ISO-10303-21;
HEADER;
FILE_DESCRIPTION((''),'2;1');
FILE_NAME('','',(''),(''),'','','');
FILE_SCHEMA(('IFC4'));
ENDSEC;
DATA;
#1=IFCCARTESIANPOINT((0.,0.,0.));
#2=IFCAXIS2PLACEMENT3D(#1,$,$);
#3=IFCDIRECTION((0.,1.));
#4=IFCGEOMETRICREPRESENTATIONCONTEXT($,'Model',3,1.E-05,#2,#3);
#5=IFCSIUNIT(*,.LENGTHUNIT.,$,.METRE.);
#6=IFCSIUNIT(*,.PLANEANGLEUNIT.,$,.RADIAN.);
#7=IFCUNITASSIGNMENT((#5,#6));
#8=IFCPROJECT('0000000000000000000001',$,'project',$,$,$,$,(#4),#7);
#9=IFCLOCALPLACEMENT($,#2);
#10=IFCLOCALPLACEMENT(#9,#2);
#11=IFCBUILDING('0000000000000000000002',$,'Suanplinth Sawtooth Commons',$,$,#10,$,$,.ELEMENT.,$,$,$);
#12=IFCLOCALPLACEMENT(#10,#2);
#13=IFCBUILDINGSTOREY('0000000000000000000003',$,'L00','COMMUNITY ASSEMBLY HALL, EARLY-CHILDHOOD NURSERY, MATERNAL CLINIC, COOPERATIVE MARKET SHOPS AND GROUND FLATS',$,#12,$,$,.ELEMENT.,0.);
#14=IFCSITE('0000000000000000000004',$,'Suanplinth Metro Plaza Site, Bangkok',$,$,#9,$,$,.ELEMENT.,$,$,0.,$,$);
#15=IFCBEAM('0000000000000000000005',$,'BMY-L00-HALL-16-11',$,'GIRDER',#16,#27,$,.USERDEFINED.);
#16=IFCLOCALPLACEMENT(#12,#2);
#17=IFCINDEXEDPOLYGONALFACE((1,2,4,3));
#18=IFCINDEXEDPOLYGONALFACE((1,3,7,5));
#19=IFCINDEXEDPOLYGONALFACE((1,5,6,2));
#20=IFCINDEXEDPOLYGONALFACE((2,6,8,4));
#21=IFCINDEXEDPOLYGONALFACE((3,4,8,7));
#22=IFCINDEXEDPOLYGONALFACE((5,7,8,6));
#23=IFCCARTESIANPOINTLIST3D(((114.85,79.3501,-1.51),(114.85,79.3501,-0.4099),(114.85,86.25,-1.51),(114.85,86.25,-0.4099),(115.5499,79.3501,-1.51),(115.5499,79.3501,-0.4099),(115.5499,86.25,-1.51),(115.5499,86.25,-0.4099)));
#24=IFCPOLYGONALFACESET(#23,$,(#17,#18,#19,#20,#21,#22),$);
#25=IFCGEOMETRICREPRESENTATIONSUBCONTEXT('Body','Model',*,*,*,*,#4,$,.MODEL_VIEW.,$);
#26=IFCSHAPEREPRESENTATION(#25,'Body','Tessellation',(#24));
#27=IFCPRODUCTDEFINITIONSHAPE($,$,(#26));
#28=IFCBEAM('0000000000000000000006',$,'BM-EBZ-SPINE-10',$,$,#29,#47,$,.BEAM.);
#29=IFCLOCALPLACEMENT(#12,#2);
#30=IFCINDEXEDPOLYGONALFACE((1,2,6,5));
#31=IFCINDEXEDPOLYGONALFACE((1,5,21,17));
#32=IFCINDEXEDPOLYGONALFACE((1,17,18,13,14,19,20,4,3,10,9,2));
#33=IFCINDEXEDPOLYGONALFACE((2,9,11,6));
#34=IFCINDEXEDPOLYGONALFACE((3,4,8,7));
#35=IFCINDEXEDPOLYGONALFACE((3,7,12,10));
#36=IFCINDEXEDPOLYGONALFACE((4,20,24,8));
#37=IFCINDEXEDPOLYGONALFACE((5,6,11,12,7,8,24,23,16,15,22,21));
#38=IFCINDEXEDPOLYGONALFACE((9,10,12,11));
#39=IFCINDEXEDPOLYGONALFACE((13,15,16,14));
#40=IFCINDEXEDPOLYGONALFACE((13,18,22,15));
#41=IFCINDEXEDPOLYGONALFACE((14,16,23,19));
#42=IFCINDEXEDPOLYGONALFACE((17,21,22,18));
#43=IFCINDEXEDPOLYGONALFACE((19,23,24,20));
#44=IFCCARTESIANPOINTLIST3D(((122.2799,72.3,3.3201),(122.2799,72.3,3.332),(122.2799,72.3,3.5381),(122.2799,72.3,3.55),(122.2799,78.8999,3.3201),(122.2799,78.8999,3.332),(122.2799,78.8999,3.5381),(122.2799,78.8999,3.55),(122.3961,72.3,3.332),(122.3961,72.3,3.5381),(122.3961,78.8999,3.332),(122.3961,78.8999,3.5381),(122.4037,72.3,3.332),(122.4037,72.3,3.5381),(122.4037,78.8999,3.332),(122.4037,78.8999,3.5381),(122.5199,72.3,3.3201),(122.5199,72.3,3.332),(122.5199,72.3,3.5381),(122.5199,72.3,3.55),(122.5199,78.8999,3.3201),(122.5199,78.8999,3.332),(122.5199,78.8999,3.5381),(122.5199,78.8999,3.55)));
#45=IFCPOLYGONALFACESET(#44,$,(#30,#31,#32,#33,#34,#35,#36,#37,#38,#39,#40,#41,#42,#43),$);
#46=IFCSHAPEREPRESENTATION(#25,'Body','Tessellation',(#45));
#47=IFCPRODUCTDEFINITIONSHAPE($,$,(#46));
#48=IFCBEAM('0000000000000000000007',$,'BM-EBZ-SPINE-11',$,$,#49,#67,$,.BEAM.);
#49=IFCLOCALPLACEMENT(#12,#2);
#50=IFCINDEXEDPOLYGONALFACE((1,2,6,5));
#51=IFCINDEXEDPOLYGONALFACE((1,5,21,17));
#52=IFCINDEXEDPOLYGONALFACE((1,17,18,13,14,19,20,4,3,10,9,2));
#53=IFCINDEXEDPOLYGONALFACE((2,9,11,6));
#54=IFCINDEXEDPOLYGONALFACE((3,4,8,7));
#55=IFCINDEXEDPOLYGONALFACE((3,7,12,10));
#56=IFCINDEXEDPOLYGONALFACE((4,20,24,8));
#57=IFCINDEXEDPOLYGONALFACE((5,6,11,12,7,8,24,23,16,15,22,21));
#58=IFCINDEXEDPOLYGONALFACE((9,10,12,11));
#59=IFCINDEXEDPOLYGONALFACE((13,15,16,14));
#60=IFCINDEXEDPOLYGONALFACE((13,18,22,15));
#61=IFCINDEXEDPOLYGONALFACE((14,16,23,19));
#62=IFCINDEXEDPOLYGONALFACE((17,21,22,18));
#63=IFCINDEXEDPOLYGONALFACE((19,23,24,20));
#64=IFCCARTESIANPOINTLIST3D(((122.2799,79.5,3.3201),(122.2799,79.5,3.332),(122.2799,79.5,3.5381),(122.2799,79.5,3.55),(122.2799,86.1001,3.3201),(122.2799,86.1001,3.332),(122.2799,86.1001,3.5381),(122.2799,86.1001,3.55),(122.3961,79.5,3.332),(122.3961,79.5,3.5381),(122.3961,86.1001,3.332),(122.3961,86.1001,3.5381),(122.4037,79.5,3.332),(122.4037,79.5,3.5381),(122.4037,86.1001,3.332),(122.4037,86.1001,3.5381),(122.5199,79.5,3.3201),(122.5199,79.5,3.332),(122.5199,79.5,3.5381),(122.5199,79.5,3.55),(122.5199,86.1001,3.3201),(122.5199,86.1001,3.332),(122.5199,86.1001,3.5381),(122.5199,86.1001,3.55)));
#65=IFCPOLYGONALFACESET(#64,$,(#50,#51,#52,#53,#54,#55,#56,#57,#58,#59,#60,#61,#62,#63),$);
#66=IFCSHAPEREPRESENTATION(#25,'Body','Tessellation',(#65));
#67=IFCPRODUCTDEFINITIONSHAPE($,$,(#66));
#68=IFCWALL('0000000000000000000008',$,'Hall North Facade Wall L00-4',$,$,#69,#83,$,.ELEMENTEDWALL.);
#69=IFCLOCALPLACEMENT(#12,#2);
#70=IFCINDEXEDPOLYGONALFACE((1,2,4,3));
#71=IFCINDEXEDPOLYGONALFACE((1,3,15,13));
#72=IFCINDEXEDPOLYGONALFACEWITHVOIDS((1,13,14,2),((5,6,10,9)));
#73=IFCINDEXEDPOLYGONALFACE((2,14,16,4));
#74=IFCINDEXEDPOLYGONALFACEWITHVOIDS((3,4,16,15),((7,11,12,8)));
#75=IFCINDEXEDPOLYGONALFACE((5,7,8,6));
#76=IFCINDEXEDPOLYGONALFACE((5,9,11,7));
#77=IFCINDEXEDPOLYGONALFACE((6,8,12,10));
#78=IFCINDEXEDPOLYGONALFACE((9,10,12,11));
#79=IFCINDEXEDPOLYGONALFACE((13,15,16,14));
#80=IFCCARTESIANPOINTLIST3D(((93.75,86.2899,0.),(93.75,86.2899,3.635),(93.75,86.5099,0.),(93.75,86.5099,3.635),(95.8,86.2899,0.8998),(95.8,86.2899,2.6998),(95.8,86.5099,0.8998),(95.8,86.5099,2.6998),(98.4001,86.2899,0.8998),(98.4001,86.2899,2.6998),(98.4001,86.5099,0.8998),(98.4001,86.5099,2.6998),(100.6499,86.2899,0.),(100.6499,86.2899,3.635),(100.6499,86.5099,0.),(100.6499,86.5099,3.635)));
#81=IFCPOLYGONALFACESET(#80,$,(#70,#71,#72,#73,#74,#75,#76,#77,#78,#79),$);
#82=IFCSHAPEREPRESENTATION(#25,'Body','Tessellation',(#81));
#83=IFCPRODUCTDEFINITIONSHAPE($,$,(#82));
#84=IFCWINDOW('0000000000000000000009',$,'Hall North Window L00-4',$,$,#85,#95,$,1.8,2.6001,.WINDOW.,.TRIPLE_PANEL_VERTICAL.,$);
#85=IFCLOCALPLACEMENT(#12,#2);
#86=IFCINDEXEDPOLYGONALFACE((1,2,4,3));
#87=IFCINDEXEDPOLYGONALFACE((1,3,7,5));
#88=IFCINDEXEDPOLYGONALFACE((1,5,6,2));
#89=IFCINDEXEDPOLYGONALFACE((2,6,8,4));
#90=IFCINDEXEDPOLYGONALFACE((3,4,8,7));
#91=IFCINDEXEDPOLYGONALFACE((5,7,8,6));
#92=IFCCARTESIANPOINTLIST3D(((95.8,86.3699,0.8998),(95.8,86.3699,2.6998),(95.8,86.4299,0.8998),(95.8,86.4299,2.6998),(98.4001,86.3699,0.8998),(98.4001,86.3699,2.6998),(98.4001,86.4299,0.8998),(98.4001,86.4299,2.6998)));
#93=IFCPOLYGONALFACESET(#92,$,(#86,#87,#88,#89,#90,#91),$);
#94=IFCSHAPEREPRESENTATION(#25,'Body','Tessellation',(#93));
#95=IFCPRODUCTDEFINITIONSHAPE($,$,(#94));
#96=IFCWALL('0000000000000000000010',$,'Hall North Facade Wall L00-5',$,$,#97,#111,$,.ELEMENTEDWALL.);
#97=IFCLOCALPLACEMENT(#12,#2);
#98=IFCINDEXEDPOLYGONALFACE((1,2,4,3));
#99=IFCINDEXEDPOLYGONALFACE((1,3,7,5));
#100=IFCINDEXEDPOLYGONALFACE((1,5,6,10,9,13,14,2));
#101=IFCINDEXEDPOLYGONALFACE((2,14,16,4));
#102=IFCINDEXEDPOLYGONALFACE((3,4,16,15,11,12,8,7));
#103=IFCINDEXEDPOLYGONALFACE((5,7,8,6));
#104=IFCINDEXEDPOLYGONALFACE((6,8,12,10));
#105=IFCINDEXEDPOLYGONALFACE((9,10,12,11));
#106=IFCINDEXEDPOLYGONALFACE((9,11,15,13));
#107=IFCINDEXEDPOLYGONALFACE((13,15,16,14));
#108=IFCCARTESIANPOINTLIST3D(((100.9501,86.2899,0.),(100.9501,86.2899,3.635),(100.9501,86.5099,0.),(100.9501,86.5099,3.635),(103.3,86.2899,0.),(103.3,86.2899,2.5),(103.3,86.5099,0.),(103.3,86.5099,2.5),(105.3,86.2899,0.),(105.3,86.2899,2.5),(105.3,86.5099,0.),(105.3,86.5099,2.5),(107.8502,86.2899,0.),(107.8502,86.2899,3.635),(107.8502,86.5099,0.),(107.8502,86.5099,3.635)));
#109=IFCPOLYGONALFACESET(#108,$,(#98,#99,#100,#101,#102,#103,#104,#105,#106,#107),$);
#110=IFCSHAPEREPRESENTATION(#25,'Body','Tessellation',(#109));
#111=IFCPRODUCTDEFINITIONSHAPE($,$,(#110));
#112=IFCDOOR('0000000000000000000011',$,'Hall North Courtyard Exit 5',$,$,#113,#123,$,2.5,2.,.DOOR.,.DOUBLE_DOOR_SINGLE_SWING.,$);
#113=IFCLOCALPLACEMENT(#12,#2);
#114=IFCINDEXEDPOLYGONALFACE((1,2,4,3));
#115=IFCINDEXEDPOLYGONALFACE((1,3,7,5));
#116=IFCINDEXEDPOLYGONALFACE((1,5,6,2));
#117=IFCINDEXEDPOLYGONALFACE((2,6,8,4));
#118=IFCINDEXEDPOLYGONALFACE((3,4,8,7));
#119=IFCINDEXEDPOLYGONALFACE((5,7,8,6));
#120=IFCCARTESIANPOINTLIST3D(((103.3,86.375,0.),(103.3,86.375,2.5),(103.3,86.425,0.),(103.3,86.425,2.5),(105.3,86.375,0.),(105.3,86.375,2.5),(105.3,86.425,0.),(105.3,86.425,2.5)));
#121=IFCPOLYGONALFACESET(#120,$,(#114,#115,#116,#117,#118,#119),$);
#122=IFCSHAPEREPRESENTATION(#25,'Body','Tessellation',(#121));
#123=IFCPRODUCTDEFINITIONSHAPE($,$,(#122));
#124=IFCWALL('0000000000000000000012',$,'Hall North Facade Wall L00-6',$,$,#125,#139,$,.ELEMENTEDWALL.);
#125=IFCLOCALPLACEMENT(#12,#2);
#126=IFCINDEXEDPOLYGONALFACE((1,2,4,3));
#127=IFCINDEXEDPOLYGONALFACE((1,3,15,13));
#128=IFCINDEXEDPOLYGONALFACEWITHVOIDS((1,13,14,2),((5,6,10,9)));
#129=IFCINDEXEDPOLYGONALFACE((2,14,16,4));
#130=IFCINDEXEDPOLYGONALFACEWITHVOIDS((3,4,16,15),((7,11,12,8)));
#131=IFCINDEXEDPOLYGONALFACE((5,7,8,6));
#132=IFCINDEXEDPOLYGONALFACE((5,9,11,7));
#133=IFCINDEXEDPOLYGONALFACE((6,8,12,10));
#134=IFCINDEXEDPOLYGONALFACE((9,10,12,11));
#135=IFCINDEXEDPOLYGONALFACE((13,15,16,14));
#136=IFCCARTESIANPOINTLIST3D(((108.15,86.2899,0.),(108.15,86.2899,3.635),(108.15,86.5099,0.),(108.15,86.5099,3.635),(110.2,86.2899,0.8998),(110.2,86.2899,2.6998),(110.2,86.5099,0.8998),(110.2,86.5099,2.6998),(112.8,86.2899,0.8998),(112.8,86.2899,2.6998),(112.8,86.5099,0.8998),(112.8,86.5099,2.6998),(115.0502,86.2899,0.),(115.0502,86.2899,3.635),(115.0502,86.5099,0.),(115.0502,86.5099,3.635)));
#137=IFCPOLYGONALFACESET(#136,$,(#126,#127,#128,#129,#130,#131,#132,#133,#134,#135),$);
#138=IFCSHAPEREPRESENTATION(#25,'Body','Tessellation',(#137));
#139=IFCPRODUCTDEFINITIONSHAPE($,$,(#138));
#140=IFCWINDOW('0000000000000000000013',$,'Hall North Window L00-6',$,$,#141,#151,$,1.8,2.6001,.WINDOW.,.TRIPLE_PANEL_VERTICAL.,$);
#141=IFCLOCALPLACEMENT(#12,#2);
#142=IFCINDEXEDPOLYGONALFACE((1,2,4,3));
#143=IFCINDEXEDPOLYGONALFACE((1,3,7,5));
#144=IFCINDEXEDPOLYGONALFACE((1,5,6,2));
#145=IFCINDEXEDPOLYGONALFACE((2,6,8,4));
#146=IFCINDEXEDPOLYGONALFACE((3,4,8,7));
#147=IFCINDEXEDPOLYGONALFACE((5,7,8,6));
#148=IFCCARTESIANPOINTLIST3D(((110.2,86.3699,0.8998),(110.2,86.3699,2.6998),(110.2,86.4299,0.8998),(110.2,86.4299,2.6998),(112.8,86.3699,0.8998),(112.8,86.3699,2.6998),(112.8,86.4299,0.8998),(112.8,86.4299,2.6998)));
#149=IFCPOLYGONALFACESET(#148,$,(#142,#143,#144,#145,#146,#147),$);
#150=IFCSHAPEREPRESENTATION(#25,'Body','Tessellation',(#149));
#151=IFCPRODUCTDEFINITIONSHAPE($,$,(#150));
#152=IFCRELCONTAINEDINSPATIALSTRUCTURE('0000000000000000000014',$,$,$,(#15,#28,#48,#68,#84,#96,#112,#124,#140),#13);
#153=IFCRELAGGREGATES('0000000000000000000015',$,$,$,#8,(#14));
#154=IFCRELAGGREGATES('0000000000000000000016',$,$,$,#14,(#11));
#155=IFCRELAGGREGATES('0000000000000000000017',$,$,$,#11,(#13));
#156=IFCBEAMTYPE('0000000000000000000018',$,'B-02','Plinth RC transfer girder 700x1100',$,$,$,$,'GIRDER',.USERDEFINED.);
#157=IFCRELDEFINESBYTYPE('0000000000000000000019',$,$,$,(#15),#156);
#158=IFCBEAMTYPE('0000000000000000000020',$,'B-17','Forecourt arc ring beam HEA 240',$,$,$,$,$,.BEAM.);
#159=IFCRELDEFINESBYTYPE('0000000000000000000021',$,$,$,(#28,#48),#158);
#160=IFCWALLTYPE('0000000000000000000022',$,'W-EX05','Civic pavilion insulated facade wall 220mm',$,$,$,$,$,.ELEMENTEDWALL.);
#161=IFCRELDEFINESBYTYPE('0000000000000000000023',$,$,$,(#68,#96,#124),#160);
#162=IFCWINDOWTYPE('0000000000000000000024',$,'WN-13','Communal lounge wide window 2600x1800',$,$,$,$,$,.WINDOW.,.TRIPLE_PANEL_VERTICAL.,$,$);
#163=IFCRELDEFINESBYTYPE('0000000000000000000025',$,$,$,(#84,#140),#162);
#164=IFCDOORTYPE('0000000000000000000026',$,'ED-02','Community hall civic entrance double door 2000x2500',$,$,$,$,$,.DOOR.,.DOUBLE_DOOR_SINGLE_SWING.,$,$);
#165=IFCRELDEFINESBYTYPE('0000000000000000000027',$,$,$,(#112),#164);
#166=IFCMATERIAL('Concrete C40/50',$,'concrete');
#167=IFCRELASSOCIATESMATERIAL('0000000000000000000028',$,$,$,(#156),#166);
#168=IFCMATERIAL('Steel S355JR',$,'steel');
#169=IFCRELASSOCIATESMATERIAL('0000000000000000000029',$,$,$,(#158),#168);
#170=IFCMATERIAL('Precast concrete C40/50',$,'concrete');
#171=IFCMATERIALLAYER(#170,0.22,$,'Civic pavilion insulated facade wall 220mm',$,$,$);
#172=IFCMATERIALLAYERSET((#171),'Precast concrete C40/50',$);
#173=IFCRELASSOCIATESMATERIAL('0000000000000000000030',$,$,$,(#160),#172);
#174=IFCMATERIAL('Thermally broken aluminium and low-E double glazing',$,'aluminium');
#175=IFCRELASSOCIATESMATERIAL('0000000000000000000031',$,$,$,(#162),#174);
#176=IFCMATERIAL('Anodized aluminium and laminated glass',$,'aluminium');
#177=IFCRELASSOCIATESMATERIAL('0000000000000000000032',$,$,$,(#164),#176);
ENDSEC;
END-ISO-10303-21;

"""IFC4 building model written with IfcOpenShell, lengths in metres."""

from ifc_helpers import new_model, si_unit, direction, frame, frame_2d, origin, origin_2d, place, context, subcontext, project, spatial, rectangle, i_section, extrude, material, layer, layer_set, material_profile, profile_set, type_object, element, fill, save


model = new_model("IFC4")

# Units and contexts
model_context = context("Model", 3, precision=1e-05, world=origin(), true_north=direction((0.0, 1.0)))
body_context = subcontext(model_context, "Body", "Model", "MODEL_VIEW")
ifc_project = project(units=[si_unit("LENGTHUNIT", "METRE"), si_unit("PLANEANGLEUNIT", "RADIAN")], contexts=[model_context])

# Site, building, storey
site_placement = place(None, origin())
site = spatial("IfcSite", under=ifc_project, at=site_placement, Name="Suanplinth Metro Plaza Site, Bangkok", CompositionType="ELEMENT", RefElevation=0.0)
building_placement = place(site_placement, origin())
building = spatial("IfcBuilding", under=site, at=building_placement, Name="Suanplinth Sawtooth Commons", CompositionType="ELEMENT")
storey_placement = place(building_placement, origin())
storey = spatial("IfcBuildingStorey", under=building, at=storey_placement, Name="L00", Description="COMMUNITY ASSEMBLY HALL, EARLY-CHILDHOOD NURSERY, MATERNAL CLINIC, COOPERATIVE MARKET SHOPS AND GROUND FLATS", CompositionType="ELEMENT", Elevation=0.0)

# Shared definitions
ifc_material_1 = material(Name="Concrete C40/50", Category="concrete")
ifc_material_2 = material(Name="Steel S355JR", Category="steel")

# Beams
ifc_material_profile_1 = material_profile(ifc_material_1, rectangle(XDim=0.7, YDim=1.1001, at=origin_2d()), Name="RC-TG 700x1100")
ifc_profile_set_1 = profile_set([ifc_material_profile_1], Name="Concrete C40/50")
beam_type_1 = type_object("IfcBeamType", Name="B-02", Description="Plinth RC transfer girder 700x1100", ElementType="GIRDER", PredefinedType="USERDEFINED", material=ifc_profile_set_1)
beam_1_placement = place(storey_placement, frame((115.2, 79.3501, -0.96), z_axis=(0.0, 1.0, 0.0), x_axis=(-1.0, 0.0, 0.0)))
element("IfcBeam", 1, at=beam_1_placement, inside=storey, type_object=beam_type_1, Name="BMY-L00-HALL-16-11", ObjectType="GIRDER", PredefinedType="USERDEFINED", context=body_context, shape_type="SweptSolid", body=[
    extrude(rectangle(XDim=0.7, YDim=1.1001, at=origin_2d()), origin(), (0.0, 0.0, 1.0), 6.8999),
])
ifc_material_profile_2 = material_profile(ifc_material_2, i_section(OverallWidth=0.24, OverallDepth=0.23, WebThickness=0.0076, FlangeThickness=0.012, at=origin_2d()), Name="HEA 240")
ifc_profile_set_2 = profile_set([ifc_material_profile_2], Name="Steel S355JR")
beam_type_2 = type_object("IfcBeamType", Name="B-17", Description="Forecourt arc ring beam HEA 240", PredefinedType="BEAM", material=ifc_profile_set_2)
beam_2_placement = place(storey_placement, frame((122.3999, 72.3, 3.4351), z_axis=(0.0, 1.0, 0.0), x_axis=(-1.0, 0.0, 0.0)))
element("IfcBeam", 2, at=beam_2_placement, inside=storey, type_object=beam_type_2, Name="BM-EBZ-SPINE-10", PredefinedType="BEAM", context=body_context, shape_type="SweptSolid", body=[
    extrude(i_section(OverallWidth=0.24, OverallDepth=0.23, WebThickness=0.0076, FlangeThickness=0.012, at=origin_2d()), origin(), (0.0, 0.0, 1.0), 6.5999),
])
beam_3_placement = place(storey_placement, frame((122.3999, 79.5, 3.4351), z_axis=(0.0, 1.0, 0.0), x_axis=(-1.0, 0.0, 0.0)))
element("IfcBeam", 3, at=beam_3_placement, inside=storey, type_object=beam_type_2, Name="BM-EBZ-SPINE-11", PredefinedType="BEAM", context=body_context, shape_type="SweptSolid", body=[
    extrude(i_section(OverallWidth=0.24, OverallDepth=0.23, WebThickness=0.0076, FlangeThickness=0.012, at=origin_2d()), origin(), (0.0, 0.0, 1.0), 6.6001),
])

# Wall, opening, window
ifc_material_3 = material(Name="Precast concrete C40/50", Category="concrete")
ifc_layer = layer(ifc_material_3, 0.22, Name="Civic pavilion insulated facade wall 220mm")
ifc_layer_set = layer_set([ifc_layer], Name="Precast concrete C40/50")
wall_type = type_object("IfcWallType", Name="W-EX05", Description="Civic pavilion insulated facade wall 220mm", PredefinedType="ELEMENTEDWALL", material=ifc_layer_set)
wall_1_placement = place(storey_placement, frame((93.75, 86.3999, 0.0), z_axis=(0.0, 0.0, 1.0), x_axis=(1.0, 0.0, 0.0)))
wall_1 = element("IfcWall", 4, at=wall_1_placement, inside=storey, type_object=wall_type, Name="Hall North Facade Wall L00-4", PredefinedType="ELEMENTEDWALL", context=body_context, shape_type="SweptSolid", body=[
    extrude(rectangle(XDim=6.8999, YDim=0.22, at=frame_2d((3.45, 0.0))), origin(), (0.0, 0.0, 1.0), 3.635),
])
opening_1_placement = place(wall_1_placement, frame((2.05, 0.0, 0.8999)))
opening_1 = element("IfcOpeningElement", 5, at=opening_1_placement, cuts=wall_1, PredefinedType="OPENING", context=body_context, shape_type="SweptSolid", body=[
    extrude(rectangle(XDim=2.6001, YDim=1.8, at=frame_2d((1.3, 0.8999))), frame((0.0, 0.125, 0.0), z_axis=(0.0, -1.0, 0.0), x_axis=(1.0, 0.0, 0.0)), (0.0, 0.0, 1.0), 0.2498),
])
ifc_material_4 = material(Name="Thermally broken aluminium and low-E double glazing", Category="aluminium")
window_type_1 = type_object("IfcWindowType", Name="WN-13", Description="Communal lounge wide window 2600x1800", PartitioningType="TRIPLE_PANEL_VERTICAL", PredefinedType="WINDOW", material=ifc_material_4)
window_1_placement = place(opening_1_placement, origin())
window_1 = element("IfcWindow", 6, at=window_1_placement, inside=storey, type_object=window_type_1, Name="Hall North Window L00-4", OverallHeight=1.8, OverallWidth=2.6001, PartitioningType="TRIPLE_PANEL_VERTICAL", PredefinedType="WINDOW", context=body_context, shape_type="SweptSolid", body=[
    extrude(rectangle(XDim=2.6001, YDim=1.8, at=frame_2d((1.3, 0.8999))), frame((0.0, 0.03, 0.0), z_axis=(0.0, -1.0, 0.0), x_axis=(1.0, 0.0, 0.0)), (0.0, 0.0, 1.0), 0.0601),
])
fill(opening_1, window_1)

# Wall, opening, door
wall_2_placement = place(storey_placement, frame((100.95, 86.3999, 0.0), z_axis=(0.0, 0.0, 1.0), x_axis=(1.0, 0.0, 0.0)))
wall_2 = element("IfcWall", 7, at=wall_2_placement, inside=storey, type_object=wall_type, Name="Hall North Facade Wall L00-5", PredefinedType="ELEMENTEDWALL", context=body_context, shape_type="SweptSolid", body=[
    extrude(rectangle(XDim=6.9001, YDim=0.22, at=frame_2d((3.4502, 0.0))), origin(), (0.0, 0.0, 1.0), 3.635),
])
opening_2_placement = place(wall_2_placement, frame((2.3501, 0.0, 0.0)))
opening_2 = element("IfcOpeningElement", 8, at=opening_2_placement, cuts=wall_2, PredefinedType="OPENING", context=body_context, shape_type="SweptSolid", body=[
    extrude(rectangle(XDim=2.0, YDim=2.5, at=frame_2d((1.0, 1.25))), frame((0.0, 0.125, 0.0), z_axis=(0.0, -1.0, 0.0), x_axis=(1.0, 0.0, 0.0)), (0.0, 0.0, 1.0), 0.2498),
])
ifc_material_5 = material(Name="Anodized aluminium and laminated glass", Category="aluminium")
door_type = type_object("IfcDoorType", Name="ED-02", Description="Community hall civic entrance double door 2000x2500", OperationType="DOUBLE_DOOR_SINGLE_SWING", PredefinedType="DOOR", material=ifc_material_5)
door_placement = place(opening_2_placement, frame((2.0, 0.0, 0.0), z_axis=(0.0, 0.0, 1.0), x_axis=(-1.0, 0.0, 0.0)))
door = element("IfcDoor", 9, at=door_placement, inside=storey, type_object=door_type, Name="Hall North Courtyard Exit 5", OperationType="DOUBLE_DOOR_SINGLE_SWING", OverallHeight=2.5, OverallWidth=2.0, PredefinedType="DOOR", context=body_context, shape_type="SweptSolid", body=[
    extrude(rectangle(XDim=2.0, YDim=2.5, at=frame_2d((1.0, 1.25))), frame((0.0, 0.0249, 0.0), z_axis=(0.0, -1.0, 0.0), x_axis=(1.0, 0.0, 0.0)), (0.0, 0.0, 1.0), 0.05),
])
fill(opening_2, door)

# Wall, opening, window
wall_3_placement = place(storey_placement, frame((108.1499, 86.3999, 0.0), z_axis=(0.0, 0.0, 1.0), x_axis=(1.0, 0.0, 0.0)))
wall_3 = element("IfcWall", 10, at=wall_3_placement, inside=storey, type_object=wall_type, Name="Hall North Facade Wall L00-6", PredefinedType="ELEMENTEDWALL", context=body_context, shape_type="SweptSolid", body=[
    extrude(rectangle(XDim=6.9001, YDim=0.22, at=frame_2d((3.4502, 0.0))), origin(), (0.0, 0.0, 1.0), 3.635),
])
opening_3_placement = place(wall_3_placement, frame((2.05, 0.0, 0.8999)))
opening_3 = element("IfcOpeningElement", 11, at=opening_3_placement, cuts=wall_3, PredefinedType="OPENING", context=body_context, shape_type="SweptSolid", body=[
    extrude(rectangle(XDim=2.6001, YDim=1.8, at=frame_2d((1.3, 0.8999))), frame((0.0, 0.125, 0.0), z_axis=(0.0, -1.0, 0.0), x_axis=(1.0, 0.0, 0.0)), (0.0, 0.0, 1.0), 0.2498),
])
window_2_placement = place(opening_3_placement, origin())
window_2 = element("IfcWindow", 12, at=window_2_placement, inside=storey, type_object=window_type_1, Name="Hall North Window L00-6", OverallHeight=1.8, OverallWidth=2.6001, PartitioningType="TRIPLE_PANEL_VERTICAL", PredefinedType="WINDOW", context=body_context, shape_type="SweptSolid", body=[
    extrude(rectangle(XDim=2.6001, YDim=1.8, at=frame_2d((1.3, 0.8999))), frame((0.0, 0.03, 0.0), z_axis=(0.0, -1.0, 0.0), x_axis=(1.0, 0.0, 0.0)), (0.0, 0.0, 1.0), 0.0601),
])
fill(opening_3, window_2)

save(model, "model.ifc")
